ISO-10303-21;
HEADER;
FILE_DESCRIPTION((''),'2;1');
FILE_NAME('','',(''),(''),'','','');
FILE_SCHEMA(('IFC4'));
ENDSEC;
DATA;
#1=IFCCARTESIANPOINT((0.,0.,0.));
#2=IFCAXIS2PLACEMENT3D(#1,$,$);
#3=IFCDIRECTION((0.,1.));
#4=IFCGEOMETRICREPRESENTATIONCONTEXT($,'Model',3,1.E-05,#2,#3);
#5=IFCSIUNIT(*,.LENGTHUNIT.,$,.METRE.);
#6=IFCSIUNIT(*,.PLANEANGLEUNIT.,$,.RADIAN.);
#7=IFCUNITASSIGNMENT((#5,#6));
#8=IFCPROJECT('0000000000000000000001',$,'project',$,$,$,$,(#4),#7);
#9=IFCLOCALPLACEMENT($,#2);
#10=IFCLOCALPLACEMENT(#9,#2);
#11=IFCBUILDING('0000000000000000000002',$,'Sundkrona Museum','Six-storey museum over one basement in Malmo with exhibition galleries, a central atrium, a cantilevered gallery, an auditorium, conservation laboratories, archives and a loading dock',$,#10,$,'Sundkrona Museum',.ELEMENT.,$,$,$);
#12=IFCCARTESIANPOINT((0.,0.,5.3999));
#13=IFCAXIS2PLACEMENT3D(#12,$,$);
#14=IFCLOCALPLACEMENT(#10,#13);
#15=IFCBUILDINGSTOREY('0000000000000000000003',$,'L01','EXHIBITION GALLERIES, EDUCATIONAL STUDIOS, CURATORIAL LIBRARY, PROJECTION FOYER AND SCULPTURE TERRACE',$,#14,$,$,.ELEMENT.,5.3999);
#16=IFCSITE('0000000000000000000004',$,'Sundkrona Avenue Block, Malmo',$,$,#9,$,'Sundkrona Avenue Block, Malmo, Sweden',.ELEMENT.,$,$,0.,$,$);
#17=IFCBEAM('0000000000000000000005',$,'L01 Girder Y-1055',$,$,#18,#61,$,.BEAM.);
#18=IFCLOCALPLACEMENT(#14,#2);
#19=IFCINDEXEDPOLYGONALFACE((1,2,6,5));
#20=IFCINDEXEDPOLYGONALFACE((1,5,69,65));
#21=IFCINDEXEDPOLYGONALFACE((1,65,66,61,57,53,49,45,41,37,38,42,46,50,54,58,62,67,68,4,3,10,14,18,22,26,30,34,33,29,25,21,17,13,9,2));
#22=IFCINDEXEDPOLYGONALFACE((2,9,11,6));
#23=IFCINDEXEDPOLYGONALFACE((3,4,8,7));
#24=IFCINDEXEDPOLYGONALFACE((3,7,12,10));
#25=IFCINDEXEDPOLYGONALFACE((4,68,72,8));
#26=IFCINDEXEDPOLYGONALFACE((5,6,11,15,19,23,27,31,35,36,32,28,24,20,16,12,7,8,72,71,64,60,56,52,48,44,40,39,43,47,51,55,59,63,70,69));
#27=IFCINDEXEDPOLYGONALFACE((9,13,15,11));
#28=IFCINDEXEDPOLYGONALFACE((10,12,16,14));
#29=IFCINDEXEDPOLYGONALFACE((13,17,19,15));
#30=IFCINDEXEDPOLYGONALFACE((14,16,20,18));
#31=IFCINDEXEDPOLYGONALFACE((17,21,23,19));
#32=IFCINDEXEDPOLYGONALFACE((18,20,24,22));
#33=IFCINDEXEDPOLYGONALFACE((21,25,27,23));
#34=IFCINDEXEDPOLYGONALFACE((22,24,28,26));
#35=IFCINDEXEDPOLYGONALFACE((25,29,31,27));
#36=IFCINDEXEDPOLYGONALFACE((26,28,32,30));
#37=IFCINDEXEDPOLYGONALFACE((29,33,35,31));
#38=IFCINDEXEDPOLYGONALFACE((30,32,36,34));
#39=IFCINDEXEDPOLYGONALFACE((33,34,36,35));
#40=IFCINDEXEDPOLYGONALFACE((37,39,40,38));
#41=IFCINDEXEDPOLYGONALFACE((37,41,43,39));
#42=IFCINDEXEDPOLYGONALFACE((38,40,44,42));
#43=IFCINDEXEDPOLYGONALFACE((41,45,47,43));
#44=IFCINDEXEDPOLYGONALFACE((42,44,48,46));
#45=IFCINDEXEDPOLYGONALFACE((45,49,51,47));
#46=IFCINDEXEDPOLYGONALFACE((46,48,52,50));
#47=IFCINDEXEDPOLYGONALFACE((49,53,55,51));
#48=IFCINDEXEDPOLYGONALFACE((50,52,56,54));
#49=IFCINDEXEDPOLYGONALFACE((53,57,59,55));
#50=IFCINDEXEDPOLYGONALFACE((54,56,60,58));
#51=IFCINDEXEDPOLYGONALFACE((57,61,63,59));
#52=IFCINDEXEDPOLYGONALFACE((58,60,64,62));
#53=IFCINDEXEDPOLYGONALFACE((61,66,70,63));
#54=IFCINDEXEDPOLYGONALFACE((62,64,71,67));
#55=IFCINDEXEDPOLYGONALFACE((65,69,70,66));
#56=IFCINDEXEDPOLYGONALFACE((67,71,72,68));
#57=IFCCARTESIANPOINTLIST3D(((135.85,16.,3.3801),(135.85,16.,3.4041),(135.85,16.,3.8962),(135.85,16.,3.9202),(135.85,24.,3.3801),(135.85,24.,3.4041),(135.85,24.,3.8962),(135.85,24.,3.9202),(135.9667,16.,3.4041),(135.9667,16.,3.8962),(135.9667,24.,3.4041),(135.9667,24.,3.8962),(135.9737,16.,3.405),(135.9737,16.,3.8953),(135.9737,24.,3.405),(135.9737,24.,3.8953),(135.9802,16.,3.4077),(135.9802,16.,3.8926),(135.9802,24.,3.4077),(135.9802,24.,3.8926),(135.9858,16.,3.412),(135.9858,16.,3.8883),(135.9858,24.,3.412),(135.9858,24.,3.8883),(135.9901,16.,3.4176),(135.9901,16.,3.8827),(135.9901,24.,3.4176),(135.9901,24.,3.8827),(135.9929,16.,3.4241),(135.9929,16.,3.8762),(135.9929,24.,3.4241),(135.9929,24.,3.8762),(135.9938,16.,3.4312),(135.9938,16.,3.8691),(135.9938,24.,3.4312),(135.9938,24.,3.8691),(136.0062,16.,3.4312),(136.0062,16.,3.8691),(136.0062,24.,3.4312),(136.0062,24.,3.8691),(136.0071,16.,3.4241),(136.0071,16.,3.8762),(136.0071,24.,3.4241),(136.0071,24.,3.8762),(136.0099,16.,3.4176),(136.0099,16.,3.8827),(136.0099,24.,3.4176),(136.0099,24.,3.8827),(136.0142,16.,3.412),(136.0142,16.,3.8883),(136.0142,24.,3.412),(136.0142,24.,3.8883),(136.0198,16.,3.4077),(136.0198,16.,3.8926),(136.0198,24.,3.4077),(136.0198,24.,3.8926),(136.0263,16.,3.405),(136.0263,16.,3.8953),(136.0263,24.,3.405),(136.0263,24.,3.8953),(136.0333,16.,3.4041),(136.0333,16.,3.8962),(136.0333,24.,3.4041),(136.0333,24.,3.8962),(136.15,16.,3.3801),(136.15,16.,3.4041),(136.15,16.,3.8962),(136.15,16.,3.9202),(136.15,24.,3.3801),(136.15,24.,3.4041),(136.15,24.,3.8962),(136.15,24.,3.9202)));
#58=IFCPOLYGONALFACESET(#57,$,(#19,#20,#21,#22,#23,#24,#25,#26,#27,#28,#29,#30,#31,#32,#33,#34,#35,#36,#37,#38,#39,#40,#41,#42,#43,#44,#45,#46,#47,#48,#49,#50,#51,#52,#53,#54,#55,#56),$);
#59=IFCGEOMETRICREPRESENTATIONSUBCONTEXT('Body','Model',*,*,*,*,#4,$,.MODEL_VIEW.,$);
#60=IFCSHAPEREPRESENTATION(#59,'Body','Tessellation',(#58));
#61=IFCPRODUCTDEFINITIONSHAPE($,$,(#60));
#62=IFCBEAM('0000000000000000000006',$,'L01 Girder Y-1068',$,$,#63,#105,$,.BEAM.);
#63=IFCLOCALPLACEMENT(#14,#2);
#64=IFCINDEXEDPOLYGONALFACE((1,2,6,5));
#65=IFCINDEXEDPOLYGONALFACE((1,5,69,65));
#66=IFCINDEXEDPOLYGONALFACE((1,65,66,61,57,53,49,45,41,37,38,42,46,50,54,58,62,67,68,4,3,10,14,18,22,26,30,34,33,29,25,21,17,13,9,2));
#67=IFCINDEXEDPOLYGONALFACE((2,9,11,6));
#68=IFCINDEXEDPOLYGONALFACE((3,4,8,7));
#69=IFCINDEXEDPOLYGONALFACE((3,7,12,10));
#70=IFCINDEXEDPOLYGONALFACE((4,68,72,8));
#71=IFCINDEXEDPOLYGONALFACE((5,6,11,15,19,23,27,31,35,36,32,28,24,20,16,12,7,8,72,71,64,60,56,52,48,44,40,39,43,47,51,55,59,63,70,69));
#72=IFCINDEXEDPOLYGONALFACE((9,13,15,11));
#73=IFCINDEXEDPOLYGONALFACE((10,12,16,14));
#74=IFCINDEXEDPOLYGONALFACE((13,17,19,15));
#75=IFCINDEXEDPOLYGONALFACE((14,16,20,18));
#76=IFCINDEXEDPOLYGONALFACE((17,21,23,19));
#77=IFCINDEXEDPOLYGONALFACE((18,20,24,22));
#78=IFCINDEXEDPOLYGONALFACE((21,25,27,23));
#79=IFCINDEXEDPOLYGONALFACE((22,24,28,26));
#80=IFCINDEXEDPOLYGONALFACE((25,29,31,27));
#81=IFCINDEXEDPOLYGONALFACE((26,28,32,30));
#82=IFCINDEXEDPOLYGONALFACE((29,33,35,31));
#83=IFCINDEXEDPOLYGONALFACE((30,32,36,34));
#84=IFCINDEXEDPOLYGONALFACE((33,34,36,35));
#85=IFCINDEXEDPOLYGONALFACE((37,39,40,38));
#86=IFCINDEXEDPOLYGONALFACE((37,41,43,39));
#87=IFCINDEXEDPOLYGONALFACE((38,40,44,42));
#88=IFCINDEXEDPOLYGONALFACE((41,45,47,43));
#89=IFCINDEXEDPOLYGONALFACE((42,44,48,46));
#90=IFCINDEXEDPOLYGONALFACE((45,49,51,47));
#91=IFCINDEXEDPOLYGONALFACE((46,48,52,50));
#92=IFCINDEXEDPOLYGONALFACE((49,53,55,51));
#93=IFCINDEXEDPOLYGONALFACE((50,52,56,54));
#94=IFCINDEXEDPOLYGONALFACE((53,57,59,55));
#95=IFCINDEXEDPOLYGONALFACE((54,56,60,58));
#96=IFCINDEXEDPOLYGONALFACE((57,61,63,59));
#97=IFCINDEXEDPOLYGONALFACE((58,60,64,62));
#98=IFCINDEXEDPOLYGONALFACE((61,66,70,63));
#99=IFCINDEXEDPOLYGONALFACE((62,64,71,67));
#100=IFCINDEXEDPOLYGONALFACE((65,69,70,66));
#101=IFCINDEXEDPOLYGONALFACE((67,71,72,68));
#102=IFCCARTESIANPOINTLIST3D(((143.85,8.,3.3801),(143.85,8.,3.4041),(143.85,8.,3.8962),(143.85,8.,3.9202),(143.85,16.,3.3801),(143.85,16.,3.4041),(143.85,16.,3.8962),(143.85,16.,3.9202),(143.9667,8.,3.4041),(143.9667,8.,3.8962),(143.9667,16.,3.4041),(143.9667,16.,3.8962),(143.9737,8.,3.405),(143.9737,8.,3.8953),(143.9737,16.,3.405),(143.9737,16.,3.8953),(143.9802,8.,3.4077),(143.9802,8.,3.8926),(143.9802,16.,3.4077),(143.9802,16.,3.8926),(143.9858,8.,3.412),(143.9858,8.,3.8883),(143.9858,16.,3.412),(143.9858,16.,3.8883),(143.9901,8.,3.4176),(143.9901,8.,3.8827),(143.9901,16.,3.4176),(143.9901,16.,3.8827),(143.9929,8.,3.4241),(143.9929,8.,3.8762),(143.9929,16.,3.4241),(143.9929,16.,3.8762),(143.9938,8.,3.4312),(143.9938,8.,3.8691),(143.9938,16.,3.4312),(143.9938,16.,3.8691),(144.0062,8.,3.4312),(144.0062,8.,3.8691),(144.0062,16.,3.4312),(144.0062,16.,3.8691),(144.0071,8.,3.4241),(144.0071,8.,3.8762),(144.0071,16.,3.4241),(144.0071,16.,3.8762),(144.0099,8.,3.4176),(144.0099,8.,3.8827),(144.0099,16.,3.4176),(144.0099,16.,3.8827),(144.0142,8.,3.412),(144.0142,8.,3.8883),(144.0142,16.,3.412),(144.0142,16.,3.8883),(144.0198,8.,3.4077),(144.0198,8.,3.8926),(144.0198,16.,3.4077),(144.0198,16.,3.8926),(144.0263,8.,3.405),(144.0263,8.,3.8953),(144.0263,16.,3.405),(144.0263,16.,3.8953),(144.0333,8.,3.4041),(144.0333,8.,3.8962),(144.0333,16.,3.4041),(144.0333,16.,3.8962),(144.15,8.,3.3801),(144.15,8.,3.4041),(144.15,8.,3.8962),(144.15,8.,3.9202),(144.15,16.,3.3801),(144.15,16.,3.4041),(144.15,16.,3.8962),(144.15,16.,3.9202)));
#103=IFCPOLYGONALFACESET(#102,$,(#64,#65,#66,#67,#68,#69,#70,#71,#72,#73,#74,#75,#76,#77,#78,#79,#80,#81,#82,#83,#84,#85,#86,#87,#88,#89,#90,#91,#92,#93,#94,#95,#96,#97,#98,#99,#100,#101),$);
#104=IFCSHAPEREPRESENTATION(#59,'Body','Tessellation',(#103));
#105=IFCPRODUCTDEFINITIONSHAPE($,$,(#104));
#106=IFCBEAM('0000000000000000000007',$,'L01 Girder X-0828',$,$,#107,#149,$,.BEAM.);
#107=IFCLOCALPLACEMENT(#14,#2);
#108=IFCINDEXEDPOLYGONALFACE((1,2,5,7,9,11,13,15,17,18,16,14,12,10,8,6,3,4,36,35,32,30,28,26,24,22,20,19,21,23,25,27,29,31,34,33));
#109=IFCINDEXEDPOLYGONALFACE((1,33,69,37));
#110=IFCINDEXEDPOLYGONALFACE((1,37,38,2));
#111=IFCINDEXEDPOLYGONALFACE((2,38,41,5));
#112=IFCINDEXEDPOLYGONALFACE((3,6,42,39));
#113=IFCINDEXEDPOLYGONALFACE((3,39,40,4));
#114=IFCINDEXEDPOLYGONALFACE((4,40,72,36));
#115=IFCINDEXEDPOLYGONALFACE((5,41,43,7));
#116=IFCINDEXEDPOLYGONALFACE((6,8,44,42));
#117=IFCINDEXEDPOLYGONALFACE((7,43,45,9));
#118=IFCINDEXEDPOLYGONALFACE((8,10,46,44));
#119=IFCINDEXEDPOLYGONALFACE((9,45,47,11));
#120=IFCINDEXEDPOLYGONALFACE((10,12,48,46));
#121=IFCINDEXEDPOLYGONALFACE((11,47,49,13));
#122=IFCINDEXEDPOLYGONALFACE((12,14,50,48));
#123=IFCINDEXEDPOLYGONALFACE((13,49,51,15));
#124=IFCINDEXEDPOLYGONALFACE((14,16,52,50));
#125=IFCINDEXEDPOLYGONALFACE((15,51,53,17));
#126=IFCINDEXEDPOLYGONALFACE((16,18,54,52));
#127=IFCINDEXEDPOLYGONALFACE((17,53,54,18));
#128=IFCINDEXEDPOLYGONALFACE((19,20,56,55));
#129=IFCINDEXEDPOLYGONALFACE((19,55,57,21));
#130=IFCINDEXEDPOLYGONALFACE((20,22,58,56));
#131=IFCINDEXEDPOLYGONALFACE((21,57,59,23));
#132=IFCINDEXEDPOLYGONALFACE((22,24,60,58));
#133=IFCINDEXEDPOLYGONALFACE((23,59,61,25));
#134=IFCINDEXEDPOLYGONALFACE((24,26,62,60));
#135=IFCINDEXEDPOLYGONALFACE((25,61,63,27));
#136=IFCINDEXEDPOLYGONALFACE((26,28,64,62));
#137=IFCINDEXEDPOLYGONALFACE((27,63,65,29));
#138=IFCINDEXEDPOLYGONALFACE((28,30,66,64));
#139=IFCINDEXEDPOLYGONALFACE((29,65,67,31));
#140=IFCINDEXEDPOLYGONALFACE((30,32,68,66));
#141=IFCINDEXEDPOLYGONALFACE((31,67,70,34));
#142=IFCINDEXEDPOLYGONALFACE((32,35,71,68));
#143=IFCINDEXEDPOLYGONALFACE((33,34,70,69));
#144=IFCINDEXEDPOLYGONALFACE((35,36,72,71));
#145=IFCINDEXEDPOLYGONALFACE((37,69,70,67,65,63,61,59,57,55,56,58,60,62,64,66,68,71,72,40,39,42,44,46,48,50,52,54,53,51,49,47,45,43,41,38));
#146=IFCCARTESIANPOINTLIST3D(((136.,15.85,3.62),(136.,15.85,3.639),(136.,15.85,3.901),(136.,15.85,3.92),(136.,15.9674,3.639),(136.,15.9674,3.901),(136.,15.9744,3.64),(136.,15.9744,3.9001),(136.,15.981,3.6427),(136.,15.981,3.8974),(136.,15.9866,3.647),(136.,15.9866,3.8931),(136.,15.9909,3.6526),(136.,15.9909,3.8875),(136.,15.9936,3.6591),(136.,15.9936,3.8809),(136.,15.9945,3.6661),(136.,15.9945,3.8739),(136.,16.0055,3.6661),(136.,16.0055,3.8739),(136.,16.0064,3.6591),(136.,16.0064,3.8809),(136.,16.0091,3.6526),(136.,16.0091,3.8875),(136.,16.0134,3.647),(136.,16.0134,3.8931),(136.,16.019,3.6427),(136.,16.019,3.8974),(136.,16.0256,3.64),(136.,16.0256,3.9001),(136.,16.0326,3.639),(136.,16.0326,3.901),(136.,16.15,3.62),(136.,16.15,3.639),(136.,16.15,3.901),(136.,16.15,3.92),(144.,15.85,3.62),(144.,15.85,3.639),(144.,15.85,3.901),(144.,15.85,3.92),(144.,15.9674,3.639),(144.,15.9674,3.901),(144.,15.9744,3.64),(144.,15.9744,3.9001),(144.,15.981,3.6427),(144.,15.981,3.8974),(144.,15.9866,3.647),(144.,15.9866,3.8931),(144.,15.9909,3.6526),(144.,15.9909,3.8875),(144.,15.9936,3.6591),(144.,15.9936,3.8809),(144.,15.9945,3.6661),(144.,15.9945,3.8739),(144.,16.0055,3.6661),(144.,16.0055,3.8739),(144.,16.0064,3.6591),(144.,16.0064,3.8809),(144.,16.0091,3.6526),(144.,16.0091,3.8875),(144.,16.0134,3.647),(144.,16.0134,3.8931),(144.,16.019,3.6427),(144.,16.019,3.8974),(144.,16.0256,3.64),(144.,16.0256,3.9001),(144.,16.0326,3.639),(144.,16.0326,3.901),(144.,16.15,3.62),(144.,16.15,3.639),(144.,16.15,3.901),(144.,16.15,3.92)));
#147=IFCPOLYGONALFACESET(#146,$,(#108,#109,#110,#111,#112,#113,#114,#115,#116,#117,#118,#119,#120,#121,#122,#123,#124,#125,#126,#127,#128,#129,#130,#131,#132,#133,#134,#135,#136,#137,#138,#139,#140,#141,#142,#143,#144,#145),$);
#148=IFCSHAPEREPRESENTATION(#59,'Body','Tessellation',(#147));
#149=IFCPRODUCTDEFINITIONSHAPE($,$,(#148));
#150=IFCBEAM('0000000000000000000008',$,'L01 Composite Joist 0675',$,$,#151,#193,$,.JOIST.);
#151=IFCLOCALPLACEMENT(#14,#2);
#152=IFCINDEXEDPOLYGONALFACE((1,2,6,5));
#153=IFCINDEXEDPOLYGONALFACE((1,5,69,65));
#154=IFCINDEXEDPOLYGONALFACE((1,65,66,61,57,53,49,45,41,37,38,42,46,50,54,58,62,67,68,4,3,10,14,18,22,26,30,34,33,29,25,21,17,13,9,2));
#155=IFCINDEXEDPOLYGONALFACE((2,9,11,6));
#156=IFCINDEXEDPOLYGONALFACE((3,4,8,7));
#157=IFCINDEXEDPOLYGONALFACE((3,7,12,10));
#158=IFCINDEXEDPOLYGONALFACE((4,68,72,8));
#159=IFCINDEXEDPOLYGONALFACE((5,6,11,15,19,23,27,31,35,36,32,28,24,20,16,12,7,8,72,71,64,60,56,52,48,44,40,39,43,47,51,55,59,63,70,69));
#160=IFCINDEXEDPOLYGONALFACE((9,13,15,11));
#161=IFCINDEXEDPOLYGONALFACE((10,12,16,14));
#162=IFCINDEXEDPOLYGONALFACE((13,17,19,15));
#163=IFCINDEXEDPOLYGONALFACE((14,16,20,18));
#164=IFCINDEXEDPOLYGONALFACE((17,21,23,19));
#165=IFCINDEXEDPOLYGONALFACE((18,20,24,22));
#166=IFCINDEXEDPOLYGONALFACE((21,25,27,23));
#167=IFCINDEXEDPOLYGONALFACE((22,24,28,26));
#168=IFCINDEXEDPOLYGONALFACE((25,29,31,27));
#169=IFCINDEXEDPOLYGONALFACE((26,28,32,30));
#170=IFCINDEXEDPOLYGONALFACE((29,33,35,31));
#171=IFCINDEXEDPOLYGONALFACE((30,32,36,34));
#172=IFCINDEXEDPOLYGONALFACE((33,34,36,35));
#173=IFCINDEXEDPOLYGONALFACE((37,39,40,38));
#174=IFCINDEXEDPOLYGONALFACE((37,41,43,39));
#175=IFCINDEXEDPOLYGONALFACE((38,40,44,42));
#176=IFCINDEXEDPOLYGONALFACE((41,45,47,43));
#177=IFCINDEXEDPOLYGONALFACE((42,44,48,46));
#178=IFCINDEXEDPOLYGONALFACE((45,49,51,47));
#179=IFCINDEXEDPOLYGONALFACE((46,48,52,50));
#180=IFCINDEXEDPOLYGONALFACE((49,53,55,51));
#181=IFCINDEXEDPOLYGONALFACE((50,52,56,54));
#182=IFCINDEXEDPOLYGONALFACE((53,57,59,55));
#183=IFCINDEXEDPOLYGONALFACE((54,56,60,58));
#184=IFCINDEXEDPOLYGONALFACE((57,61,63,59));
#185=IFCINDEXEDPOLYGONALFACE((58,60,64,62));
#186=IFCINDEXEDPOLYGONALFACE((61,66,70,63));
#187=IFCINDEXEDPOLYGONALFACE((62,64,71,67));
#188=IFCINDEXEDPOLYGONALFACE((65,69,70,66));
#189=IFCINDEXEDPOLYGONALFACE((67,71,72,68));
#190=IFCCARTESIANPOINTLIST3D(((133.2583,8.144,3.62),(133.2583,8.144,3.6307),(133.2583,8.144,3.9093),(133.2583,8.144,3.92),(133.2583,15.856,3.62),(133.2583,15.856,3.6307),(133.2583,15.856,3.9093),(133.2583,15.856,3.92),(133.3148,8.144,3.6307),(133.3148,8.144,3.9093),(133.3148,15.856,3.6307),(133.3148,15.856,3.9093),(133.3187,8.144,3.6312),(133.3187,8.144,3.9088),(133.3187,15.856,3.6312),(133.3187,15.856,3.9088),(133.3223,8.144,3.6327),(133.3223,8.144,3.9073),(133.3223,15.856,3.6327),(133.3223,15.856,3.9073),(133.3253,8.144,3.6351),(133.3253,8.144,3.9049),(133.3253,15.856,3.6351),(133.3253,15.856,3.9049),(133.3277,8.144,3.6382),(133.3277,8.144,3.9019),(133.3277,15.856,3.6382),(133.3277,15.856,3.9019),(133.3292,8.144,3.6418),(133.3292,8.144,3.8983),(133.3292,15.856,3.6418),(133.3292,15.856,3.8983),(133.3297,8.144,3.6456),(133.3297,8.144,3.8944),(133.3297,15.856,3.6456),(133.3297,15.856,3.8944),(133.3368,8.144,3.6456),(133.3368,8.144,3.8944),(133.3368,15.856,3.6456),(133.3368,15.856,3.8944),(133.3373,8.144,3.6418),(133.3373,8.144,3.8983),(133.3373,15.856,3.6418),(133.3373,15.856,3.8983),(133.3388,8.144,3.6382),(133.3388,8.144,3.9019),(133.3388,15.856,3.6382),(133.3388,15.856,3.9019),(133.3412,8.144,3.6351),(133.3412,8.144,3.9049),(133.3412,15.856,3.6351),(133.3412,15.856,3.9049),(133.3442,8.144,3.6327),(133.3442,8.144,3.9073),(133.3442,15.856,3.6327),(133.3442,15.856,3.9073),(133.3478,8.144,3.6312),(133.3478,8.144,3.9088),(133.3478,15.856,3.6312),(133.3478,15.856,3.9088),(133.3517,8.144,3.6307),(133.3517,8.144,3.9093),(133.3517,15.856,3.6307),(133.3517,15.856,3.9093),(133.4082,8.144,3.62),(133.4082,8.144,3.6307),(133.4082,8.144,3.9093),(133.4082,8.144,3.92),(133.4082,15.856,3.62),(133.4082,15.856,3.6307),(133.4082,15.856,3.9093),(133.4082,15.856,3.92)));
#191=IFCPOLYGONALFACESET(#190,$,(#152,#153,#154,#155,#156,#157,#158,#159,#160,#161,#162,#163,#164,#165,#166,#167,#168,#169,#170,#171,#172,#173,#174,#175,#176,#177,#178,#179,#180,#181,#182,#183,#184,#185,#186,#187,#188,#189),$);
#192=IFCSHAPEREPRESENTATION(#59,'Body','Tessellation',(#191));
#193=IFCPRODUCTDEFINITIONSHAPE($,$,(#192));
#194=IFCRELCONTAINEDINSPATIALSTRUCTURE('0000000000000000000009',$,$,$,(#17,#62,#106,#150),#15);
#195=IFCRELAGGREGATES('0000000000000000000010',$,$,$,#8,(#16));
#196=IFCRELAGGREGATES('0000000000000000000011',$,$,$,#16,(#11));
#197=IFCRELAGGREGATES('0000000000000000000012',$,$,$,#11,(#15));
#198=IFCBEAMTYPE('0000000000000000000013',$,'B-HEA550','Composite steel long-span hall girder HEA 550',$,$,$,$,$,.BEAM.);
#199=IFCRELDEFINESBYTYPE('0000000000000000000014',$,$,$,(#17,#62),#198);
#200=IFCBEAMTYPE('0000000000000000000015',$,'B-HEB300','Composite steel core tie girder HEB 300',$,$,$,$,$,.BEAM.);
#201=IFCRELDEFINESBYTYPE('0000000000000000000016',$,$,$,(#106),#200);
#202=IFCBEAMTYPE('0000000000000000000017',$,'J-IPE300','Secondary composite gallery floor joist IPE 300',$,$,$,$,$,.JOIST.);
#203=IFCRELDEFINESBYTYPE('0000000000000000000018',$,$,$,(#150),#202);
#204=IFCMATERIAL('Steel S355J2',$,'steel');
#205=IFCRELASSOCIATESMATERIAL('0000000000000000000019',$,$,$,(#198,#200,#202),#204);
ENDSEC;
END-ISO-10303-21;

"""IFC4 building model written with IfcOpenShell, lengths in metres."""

from ifc_helpers import new_model, si_unit, direction, frame, origin, origin_2d, place, context, subcontext, project, spatial, i_section, extrude, material, material_profile, profile_set, type_object, element, save


model = new_model("IFC4")

# Units and contexts
model_context = context("Model", 3, precision=1e-05, world=origin(), true_north=direction((0.0, 1.0)))
body_context = subcontext(model_context, "Body", "Model", "MODEL_VIEW")
ifc_project = project(units=[si_unit("LENGTHUNIT", "METRE"), si_unit("PLANEANGLEUNIT", "RADIAN")], contexts=[model_context])

# Site, building, storey
site_placement = place(None, origin())
site = spatial("IfcSite", under=ifc_project, at=site_placement, Name="Sundkrona Avenue Block, Malmo", LongName="Sundkrona Avenue Block, Malmo, Sweden", CompositionType="ELEMENT", RefElevation=0.0)
building_placement = place(site_placement, origin())
building = spatial("IfcBuilding", under=site, at=building_placement, Name="Sundkrona Museum", Description="Six-storey museum over one basement in Malmo with exhibition galleries, a central atrium, a cantilevered gallery, an auditorium, conservation laboratories, archives and a loading dock", LongName="Sundkrona Museum", CompositionType="ELEMENT")
storey_placement = place(building_placement, frame((0.0, 0.0, 5.3999)))
storey = spatial("IfcBuildingStorey", under=building, at=storey_placement, Name="L01", Description="EXHIBITION GALLERIES, EDUCATIONAL STUDIOS, CURATORIAL LIBRARY, PROJECTION FOYER AND SCULPTURE TERRACE", CompositionType="ELEMENT", Elevation=5.3999)

# Shared definitions
ifc_material_1 = material(Name="Steel S355J2", Category="steel")

# Beams
ifc_material_profile_1 = material_profile(ifc_material_1, i_section(OverallWidth=0.3, OverallDepth=0.54, WebThickness=0.0125, FlangeThickness=0.0239, FilletRadius=0.0271, at=origin_2d()), Name="HEA 550")
ifc_profile_set_1 = profile_set([ifc_material_profile_1], Name="Steel S355J2")
beam_type_1 = type_object("IfcBeamType", Name="B-HEA550", Description="Composite steel long-span hall girder HEA 550", PredefinedType="BEAM", material=ifc_profile_set_1)
for number, where, z_axis, x_axis, name in (
    (1, (136.0, 16.0, 3.6501), (0.0, 1.0, 0.0), (-1.0, 0.0, 0.0), "L01 Girder Y-1055"),
    (2, (144.0, 8.0, 3.6501), (0.0, 1.0, 0.0), (-1.0, 0.0, 0.0), "L01 Girder Y-1068"),
):
    element("IfcBeam", number, at=place(storey_placement, frame(where, z_axis=z_axis, x_axis=x_axis)), inside=storey, type_object=beam_type_1, Name=name, PredefinedType="BEAM", context=body_context, shape_type="SweptSolid", body=[
        extrude(i_section(OverallWidth=0.3, OverallDepth=0.54, WebThickness=0.0125, FlangeThickness=0.0239, FilletRadius=0.0271, at=origin_2d()), origin(), (0.0, 0.0, 1.0), 8.0),
    ])
ifc_material_profile_2 = material_profile(ifc_material_1, i_section(OverallWidth=0.3, OverallDepth=0.3, WebThickness=0.011, FlangeThickness=0.019, FilletRadius=0.0271, at=origin_2d()), Name="HEB 300")
ifc_profile_set_2 = profile_set([ifc_material_profile_2], Name="Steel S355J2")
beam_type_2 = type_object("IfcBeamType", Name="B-HEB300", Description="Composite steel core tie girder HEB 300", PredefinedType="BEAM", material=ifc_profile_set_2)
beam_1_placement = place(storey_placement, frame((136.0, 16.0, 3.77), z_axis=(1.0, 0.0, 0.0), x_axis=(0.0, 1.0, 0.0)))
element("IfcBeam", 3, at=beam_1_placement, inside=storey, type_object=beam_type_2, Name="L01 Girder X-0828", PredefinedType="BEAM", context=body_context, shape_type="SweptSolid", body=[
    extrude(i_section(OverallWidth=0.3, OverallDepth=0.3, WebThickness=0.011, FlangeThickness=0.019, FilletRadius=0.0271, at=origin_2d()), origin(), (0.0, 0.0, 1.0), 8.0),
])
ifc_material_profile_3 = material_profile(ifc_material_1, i_section(OverallWidth=0.1499, OverallDepth=0.3, WebThickness=0.0071, FlangeThickness=0.0107, FilletRadius=0.0149, at=origin_2d()), Name="IPE 300")
ifc_profile_set_3 = profile_set([ifc_material_profile_3], Name="Steel S355J2")
beam_type_3 = type_object("IfcBeamType", Name="J-IPE300", Description="Secondary composite gallery floor joist IPE 300", PredefinedType="JOIST", material=ifc_profile_set_3)
beam_2_placement = place(storey_placement, frame((133.3333, 8.144, 3.77), z_axis=(0.0, 1.0, 0.0), x_axis=(-1.0, 0.0, 0.0)))
element("IfcBeam", 4, at=beam_2_placement, inside=storey, type_object=beam_type_3, Name="L01 Composite Joist 0675", PredefinedType="JOIST", context=body_context, shape_type="SweptSolid", body=[
    extrude(i_section(OverallWidth=0.1499, OverallDepth=0.3, WebThickness=0.0071, FlangeThickness=0.0107, FilletRadius=0.0149, at=origin_2d()), origin(), (0.0, 0.0, 1.0), 7.7119),
])

save(model, "model.ifc")
